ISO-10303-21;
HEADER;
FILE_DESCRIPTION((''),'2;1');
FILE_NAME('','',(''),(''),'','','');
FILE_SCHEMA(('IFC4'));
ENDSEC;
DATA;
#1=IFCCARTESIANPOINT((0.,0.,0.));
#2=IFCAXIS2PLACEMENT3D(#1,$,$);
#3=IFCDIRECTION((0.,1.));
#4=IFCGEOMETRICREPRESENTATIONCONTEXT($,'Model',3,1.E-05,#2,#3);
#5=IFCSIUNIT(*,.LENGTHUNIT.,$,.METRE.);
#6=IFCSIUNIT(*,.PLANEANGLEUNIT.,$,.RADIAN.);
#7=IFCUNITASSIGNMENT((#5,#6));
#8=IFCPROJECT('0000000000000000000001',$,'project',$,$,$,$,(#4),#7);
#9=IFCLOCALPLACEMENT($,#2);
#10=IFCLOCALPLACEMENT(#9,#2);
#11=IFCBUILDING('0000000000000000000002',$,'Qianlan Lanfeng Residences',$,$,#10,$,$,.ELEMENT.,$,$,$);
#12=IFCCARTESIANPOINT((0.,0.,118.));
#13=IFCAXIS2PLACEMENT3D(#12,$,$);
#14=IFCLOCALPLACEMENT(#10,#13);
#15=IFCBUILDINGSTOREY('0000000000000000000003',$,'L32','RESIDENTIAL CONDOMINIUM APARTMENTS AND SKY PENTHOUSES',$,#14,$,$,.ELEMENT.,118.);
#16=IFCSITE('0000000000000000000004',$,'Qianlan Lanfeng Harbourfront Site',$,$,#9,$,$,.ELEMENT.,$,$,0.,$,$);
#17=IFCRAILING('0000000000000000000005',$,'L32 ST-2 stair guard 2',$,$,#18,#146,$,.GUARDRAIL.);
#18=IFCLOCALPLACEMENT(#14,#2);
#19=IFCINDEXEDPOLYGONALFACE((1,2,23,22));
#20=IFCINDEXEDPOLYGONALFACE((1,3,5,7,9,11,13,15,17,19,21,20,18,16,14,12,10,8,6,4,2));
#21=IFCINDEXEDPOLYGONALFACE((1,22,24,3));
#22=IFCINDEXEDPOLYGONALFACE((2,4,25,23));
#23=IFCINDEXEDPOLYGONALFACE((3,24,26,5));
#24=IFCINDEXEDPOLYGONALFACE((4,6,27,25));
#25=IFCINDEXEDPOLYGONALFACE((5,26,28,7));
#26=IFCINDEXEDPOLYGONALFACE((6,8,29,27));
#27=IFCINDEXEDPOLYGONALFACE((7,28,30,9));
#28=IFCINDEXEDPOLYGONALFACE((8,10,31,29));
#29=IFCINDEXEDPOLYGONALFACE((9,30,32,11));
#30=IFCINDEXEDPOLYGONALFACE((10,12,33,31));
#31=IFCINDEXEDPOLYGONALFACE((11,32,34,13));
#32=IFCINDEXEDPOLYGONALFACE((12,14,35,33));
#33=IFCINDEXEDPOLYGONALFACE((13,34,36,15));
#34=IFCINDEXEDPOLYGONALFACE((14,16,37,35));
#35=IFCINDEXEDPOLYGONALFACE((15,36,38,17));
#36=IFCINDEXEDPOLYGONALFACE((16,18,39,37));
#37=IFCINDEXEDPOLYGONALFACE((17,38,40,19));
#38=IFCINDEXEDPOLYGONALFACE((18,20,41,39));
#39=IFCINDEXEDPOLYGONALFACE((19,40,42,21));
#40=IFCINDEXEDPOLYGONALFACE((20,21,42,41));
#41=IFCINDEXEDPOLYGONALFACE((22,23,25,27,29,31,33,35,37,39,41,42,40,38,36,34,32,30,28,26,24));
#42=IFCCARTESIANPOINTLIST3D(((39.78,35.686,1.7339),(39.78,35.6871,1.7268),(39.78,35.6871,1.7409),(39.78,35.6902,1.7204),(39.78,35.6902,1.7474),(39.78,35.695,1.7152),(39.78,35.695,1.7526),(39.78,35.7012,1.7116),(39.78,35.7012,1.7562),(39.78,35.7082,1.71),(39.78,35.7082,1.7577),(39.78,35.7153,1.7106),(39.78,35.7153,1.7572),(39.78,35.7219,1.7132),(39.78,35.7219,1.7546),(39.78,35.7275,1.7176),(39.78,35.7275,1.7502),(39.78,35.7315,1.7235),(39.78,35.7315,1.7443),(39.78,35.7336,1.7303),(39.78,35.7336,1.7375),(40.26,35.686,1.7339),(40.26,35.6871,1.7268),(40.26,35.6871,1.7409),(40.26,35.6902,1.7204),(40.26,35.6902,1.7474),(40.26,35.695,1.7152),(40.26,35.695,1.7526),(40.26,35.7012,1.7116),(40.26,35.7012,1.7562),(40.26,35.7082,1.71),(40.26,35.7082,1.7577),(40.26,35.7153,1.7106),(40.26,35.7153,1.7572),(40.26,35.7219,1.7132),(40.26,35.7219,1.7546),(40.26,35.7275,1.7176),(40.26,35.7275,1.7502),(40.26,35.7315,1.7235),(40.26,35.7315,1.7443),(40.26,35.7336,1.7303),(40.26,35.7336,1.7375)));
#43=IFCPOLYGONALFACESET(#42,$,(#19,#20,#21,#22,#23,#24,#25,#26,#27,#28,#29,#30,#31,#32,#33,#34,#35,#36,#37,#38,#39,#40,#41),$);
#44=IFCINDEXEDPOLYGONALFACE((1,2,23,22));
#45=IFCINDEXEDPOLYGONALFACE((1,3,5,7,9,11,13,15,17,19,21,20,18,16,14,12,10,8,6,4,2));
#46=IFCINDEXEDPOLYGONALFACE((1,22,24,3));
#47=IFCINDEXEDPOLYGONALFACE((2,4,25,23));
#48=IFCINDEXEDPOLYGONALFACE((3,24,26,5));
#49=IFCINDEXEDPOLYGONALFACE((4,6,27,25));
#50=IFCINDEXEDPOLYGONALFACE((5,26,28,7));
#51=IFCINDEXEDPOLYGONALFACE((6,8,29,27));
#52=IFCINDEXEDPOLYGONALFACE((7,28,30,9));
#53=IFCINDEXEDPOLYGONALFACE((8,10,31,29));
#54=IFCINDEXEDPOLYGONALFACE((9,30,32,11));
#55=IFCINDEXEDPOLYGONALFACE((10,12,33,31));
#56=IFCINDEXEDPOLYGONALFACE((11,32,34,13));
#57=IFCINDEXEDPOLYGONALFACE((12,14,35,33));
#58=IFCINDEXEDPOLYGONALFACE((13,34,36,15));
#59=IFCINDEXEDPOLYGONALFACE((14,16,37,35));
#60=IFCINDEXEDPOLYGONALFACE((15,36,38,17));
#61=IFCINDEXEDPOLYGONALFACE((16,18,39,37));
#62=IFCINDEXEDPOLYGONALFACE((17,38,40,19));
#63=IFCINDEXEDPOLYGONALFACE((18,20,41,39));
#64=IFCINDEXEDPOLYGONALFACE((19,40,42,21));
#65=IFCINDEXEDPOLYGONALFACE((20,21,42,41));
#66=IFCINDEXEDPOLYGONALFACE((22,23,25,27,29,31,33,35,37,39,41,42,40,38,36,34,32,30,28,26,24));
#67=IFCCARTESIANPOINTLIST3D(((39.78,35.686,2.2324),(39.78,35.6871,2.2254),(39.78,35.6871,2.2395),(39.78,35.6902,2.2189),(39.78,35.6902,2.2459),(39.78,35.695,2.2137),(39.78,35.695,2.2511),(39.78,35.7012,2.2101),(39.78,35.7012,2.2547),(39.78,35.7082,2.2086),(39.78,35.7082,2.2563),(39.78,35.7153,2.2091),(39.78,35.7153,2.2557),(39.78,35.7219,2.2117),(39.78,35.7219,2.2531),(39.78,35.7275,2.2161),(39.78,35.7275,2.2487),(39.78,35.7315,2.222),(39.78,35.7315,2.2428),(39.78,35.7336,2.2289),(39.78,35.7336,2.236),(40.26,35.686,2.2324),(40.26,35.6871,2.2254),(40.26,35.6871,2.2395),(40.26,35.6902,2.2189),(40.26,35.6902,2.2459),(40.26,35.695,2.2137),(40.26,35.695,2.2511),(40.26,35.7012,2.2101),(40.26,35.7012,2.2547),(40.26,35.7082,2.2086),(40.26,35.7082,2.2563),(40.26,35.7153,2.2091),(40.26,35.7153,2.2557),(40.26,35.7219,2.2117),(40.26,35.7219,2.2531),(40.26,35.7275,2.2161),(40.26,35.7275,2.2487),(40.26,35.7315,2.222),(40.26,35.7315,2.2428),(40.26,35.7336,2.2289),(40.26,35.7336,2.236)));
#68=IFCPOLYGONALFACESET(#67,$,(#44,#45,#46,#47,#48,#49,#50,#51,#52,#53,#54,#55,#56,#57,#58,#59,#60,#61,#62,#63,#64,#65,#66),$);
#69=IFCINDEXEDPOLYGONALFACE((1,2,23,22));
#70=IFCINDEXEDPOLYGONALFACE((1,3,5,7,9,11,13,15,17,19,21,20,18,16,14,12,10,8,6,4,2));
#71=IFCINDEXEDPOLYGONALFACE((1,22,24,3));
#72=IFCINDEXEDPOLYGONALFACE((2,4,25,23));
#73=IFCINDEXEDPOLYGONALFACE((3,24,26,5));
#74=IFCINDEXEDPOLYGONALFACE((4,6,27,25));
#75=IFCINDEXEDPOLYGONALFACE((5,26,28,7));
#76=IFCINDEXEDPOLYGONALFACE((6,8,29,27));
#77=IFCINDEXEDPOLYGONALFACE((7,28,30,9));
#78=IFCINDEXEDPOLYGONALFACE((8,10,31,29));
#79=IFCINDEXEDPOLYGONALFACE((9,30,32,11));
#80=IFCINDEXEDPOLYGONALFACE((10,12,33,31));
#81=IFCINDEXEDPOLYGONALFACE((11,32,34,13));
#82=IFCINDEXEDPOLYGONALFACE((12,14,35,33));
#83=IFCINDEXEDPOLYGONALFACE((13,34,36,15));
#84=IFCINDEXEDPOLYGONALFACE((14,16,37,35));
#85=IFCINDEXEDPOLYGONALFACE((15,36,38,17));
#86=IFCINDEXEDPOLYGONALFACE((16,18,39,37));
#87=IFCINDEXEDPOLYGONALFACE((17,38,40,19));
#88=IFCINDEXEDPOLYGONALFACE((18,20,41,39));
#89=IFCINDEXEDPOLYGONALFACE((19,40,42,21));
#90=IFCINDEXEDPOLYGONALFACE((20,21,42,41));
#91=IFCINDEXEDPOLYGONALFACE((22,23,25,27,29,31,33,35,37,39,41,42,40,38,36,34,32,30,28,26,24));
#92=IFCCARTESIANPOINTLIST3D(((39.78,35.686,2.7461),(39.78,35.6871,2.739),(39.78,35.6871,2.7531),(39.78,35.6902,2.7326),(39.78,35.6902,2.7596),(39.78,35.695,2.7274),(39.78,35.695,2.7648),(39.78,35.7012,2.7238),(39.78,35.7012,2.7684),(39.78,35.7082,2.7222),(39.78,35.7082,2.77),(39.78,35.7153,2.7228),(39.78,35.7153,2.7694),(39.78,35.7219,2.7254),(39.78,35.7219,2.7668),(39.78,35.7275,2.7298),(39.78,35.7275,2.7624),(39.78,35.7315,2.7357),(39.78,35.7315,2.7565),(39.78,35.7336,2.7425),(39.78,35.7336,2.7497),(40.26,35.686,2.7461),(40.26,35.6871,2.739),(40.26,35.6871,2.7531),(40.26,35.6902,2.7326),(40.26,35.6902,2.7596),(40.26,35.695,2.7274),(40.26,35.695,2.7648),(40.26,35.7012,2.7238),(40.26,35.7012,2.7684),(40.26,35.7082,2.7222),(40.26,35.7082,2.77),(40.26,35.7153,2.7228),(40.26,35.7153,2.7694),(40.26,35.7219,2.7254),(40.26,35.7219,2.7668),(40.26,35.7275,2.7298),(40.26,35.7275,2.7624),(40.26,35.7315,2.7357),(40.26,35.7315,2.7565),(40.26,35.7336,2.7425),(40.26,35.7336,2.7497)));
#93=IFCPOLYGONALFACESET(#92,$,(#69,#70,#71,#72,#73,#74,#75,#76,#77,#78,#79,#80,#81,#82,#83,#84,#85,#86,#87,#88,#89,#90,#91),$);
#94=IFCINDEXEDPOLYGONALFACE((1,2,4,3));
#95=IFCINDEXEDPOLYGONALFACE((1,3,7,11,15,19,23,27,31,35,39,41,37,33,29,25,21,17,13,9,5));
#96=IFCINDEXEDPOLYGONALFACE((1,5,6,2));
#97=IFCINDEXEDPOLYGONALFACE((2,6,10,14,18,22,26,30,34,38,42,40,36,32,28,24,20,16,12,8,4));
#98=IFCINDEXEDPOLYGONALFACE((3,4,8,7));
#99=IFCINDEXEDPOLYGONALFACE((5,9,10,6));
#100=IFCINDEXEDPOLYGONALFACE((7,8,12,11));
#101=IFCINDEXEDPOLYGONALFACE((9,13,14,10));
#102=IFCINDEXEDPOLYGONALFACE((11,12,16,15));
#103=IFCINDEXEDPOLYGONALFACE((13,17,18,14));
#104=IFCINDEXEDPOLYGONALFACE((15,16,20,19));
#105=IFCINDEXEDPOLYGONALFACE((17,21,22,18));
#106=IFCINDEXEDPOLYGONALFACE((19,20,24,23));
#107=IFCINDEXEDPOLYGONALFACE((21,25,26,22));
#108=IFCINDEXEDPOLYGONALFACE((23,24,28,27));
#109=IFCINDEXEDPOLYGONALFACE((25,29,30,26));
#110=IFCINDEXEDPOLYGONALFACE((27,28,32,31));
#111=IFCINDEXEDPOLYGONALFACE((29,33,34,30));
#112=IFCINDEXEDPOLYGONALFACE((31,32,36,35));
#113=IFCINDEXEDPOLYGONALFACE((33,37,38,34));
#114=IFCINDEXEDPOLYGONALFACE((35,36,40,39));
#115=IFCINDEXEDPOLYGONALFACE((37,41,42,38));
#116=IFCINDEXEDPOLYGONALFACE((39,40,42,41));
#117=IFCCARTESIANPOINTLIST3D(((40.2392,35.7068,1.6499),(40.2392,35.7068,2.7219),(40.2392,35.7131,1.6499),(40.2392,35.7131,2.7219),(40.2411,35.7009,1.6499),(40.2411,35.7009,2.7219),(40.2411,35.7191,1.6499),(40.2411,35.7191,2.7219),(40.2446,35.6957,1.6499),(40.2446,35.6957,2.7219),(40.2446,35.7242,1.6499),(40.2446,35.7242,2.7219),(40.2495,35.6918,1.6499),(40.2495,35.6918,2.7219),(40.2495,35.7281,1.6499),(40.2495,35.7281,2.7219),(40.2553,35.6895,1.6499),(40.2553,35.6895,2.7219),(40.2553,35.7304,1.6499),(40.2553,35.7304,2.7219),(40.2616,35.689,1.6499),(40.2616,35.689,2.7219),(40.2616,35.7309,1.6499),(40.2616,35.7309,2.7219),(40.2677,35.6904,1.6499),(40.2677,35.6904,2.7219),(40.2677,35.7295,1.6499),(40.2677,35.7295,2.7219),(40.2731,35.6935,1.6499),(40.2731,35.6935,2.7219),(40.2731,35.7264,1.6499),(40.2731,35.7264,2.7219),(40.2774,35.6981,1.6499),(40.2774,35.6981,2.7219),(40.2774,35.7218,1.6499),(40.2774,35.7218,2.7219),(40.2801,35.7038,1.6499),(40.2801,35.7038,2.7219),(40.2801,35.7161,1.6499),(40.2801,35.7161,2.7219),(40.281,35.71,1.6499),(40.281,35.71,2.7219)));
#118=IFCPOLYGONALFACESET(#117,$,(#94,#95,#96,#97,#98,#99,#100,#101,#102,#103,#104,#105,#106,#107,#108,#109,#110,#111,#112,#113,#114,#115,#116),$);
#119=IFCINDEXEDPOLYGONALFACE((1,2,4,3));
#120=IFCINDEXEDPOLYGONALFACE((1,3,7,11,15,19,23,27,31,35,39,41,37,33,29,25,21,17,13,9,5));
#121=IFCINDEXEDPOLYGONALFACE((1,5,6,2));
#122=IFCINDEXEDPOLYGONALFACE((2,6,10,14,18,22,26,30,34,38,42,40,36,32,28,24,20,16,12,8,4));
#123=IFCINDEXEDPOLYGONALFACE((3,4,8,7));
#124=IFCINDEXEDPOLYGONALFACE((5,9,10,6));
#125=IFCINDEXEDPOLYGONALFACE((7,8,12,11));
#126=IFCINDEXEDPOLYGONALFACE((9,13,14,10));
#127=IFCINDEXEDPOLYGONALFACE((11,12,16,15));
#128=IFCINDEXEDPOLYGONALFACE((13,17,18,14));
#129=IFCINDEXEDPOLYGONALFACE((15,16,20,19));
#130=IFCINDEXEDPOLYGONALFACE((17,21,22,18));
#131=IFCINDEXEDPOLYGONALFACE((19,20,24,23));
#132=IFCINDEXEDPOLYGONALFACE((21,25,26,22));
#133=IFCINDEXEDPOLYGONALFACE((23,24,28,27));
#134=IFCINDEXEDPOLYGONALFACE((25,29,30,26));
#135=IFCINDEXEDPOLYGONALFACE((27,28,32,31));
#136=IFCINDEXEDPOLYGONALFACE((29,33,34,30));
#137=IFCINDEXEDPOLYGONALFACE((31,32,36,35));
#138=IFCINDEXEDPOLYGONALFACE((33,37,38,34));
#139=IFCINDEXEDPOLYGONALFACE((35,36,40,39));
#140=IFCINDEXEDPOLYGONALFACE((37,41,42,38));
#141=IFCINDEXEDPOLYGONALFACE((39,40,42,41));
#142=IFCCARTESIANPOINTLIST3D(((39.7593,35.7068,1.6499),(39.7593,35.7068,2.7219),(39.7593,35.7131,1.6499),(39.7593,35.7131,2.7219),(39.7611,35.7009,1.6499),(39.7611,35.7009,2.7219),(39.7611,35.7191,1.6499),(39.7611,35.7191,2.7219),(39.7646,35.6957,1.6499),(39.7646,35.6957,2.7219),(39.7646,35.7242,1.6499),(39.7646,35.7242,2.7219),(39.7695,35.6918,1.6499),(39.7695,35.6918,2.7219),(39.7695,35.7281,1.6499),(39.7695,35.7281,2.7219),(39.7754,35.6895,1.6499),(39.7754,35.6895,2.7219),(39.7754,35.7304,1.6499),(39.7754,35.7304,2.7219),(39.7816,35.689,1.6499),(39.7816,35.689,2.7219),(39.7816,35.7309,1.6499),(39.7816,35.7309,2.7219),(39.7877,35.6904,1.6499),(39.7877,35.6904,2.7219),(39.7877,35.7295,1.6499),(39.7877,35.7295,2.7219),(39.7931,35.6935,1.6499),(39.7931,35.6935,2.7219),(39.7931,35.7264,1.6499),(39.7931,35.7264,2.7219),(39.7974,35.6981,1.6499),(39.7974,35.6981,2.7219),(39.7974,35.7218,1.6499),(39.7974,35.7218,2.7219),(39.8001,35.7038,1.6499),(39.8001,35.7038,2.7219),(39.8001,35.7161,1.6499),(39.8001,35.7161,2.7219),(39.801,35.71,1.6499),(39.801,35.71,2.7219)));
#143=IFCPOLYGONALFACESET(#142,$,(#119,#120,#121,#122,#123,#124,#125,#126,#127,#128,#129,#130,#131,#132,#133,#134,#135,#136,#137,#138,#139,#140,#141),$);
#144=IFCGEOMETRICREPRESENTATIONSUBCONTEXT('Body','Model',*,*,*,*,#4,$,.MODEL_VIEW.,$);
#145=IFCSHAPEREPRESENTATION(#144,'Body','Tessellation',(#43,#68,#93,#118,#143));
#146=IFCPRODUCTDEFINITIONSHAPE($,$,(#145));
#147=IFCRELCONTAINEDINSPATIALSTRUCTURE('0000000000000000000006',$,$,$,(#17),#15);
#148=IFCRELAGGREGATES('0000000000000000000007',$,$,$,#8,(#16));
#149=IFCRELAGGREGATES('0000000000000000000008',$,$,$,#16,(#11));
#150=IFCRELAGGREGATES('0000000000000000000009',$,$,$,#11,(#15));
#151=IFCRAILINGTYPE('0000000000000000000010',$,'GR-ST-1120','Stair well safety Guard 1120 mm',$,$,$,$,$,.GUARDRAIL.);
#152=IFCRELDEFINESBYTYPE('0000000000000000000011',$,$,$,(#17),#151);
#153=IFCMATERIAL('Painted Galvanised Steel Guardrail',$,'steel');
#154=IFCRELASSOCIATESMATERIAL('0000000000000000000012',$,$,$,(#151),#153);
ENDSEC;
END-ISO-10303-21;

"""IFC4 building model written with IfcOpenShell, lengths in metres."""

from ifc_helpers import new_model, si_unit, direction, frame, origin, origin_2d, place, context, subcontext, project, spatial, circle, extrude, material, type_object, element, save


model = new_model("IFC4")

# Units and contexts
model_context = context("Model", 3, precision=1e-05, world=origin(), true_north=direction((0.0, 1.0)))
body_context = subcontext(model_context, "Body", "Model", "MODEL_VIEW")
ifc_project = project(units=[si_unit("LENGTHUNIT", "METRE"), si_unit("PLANEANGLEUNIT", "RADIAN")], contexts=[model_context])

# Site, building, storey
site_placement = place(None, origin())
site = spatial("IfcSite", under=ifc_project, at=site_placement, Name="Qianlan Lanfeng Harbourfront Site", CompositionType="ELEMENT", RefElevation=0.0)
building_placement = place(site_placement, origin())
building = spatial("IfcBuilding", under=site, at=building_placement, Name="Qianlan Lanfeng Residences", CompositionType="ELEMENT")
storey_placement = place(building_placement, frame((0.0, 0.0, 118.0)))
storey = spatial("IfcBuildingStorey", under=building, at=storey_placement, Name="L32", Description="RESIDENTIAL CONDOMINIUM APARTMENTS AND SKY PENTHOUSES", CompositionType="ELEMENT", Elevation=118.0)

# Railing
ifc_material_1 = material(Name="Painted Galvanised Steel Guardrail", Category="steel")
railing_type_1 = type_object("IfcRailingType", Name="GR-ST-1120", Description="Stair well safety Guard 1120 mm", PredefinedType="GUARDRAIL", material=ifc_material_1)
railing_1_placement = place(storey_placement, frame((40.26, 35.71, 1.6499)))
element("IfcRailing", 1, at=railing_1_placement, inside=storey, type_object=railing_type_1, Name="L32 ST-2 stair guard 2", PredefinedType="GUARDRAIL", context=body_context, shape_type="SweptSolid", body=[
    extrude(circle(Radius=0.0239, at=origin_2d()), frame((0.0, 0.0, 0.084), z_axis=(-1.0, 0.0, 0.0), x_axis=(0.0, -1.0, 0.0)), (0.0, 0.0, 1.0), 0.48),
    extrude(circle(Radius=0.0239, at=origin_2d()), frame((0.0, 0.0, 0.5825), z_axis=(-1.0, 0.0, 0.0), x_axis=(0.0, -1.0, 0.0)), (0.0, 0.0, 1.0), 0.48),
    extrude(circle(Radius=0.0239, at=origin_2d()), frame((0.0, 0.0, 1.0962), z_axis=(-1.0, 0.0, 0.0), x_axis=(0.0, -1.0, 0.0)), (0.0, 0.0, 1.0), 0.48),
    extrude(circle(Radius=0.021, at=origin_2d()), origin(), (0.0, 0.0, 1.0), 1.072),
    extrude(circle(Radius=0.021, at=origin_2d()), frame((-0.48, 0.0, 0.0)), (0.0, 0.0, 1.0), 1.072),
])

save(model, "model.ifc")
